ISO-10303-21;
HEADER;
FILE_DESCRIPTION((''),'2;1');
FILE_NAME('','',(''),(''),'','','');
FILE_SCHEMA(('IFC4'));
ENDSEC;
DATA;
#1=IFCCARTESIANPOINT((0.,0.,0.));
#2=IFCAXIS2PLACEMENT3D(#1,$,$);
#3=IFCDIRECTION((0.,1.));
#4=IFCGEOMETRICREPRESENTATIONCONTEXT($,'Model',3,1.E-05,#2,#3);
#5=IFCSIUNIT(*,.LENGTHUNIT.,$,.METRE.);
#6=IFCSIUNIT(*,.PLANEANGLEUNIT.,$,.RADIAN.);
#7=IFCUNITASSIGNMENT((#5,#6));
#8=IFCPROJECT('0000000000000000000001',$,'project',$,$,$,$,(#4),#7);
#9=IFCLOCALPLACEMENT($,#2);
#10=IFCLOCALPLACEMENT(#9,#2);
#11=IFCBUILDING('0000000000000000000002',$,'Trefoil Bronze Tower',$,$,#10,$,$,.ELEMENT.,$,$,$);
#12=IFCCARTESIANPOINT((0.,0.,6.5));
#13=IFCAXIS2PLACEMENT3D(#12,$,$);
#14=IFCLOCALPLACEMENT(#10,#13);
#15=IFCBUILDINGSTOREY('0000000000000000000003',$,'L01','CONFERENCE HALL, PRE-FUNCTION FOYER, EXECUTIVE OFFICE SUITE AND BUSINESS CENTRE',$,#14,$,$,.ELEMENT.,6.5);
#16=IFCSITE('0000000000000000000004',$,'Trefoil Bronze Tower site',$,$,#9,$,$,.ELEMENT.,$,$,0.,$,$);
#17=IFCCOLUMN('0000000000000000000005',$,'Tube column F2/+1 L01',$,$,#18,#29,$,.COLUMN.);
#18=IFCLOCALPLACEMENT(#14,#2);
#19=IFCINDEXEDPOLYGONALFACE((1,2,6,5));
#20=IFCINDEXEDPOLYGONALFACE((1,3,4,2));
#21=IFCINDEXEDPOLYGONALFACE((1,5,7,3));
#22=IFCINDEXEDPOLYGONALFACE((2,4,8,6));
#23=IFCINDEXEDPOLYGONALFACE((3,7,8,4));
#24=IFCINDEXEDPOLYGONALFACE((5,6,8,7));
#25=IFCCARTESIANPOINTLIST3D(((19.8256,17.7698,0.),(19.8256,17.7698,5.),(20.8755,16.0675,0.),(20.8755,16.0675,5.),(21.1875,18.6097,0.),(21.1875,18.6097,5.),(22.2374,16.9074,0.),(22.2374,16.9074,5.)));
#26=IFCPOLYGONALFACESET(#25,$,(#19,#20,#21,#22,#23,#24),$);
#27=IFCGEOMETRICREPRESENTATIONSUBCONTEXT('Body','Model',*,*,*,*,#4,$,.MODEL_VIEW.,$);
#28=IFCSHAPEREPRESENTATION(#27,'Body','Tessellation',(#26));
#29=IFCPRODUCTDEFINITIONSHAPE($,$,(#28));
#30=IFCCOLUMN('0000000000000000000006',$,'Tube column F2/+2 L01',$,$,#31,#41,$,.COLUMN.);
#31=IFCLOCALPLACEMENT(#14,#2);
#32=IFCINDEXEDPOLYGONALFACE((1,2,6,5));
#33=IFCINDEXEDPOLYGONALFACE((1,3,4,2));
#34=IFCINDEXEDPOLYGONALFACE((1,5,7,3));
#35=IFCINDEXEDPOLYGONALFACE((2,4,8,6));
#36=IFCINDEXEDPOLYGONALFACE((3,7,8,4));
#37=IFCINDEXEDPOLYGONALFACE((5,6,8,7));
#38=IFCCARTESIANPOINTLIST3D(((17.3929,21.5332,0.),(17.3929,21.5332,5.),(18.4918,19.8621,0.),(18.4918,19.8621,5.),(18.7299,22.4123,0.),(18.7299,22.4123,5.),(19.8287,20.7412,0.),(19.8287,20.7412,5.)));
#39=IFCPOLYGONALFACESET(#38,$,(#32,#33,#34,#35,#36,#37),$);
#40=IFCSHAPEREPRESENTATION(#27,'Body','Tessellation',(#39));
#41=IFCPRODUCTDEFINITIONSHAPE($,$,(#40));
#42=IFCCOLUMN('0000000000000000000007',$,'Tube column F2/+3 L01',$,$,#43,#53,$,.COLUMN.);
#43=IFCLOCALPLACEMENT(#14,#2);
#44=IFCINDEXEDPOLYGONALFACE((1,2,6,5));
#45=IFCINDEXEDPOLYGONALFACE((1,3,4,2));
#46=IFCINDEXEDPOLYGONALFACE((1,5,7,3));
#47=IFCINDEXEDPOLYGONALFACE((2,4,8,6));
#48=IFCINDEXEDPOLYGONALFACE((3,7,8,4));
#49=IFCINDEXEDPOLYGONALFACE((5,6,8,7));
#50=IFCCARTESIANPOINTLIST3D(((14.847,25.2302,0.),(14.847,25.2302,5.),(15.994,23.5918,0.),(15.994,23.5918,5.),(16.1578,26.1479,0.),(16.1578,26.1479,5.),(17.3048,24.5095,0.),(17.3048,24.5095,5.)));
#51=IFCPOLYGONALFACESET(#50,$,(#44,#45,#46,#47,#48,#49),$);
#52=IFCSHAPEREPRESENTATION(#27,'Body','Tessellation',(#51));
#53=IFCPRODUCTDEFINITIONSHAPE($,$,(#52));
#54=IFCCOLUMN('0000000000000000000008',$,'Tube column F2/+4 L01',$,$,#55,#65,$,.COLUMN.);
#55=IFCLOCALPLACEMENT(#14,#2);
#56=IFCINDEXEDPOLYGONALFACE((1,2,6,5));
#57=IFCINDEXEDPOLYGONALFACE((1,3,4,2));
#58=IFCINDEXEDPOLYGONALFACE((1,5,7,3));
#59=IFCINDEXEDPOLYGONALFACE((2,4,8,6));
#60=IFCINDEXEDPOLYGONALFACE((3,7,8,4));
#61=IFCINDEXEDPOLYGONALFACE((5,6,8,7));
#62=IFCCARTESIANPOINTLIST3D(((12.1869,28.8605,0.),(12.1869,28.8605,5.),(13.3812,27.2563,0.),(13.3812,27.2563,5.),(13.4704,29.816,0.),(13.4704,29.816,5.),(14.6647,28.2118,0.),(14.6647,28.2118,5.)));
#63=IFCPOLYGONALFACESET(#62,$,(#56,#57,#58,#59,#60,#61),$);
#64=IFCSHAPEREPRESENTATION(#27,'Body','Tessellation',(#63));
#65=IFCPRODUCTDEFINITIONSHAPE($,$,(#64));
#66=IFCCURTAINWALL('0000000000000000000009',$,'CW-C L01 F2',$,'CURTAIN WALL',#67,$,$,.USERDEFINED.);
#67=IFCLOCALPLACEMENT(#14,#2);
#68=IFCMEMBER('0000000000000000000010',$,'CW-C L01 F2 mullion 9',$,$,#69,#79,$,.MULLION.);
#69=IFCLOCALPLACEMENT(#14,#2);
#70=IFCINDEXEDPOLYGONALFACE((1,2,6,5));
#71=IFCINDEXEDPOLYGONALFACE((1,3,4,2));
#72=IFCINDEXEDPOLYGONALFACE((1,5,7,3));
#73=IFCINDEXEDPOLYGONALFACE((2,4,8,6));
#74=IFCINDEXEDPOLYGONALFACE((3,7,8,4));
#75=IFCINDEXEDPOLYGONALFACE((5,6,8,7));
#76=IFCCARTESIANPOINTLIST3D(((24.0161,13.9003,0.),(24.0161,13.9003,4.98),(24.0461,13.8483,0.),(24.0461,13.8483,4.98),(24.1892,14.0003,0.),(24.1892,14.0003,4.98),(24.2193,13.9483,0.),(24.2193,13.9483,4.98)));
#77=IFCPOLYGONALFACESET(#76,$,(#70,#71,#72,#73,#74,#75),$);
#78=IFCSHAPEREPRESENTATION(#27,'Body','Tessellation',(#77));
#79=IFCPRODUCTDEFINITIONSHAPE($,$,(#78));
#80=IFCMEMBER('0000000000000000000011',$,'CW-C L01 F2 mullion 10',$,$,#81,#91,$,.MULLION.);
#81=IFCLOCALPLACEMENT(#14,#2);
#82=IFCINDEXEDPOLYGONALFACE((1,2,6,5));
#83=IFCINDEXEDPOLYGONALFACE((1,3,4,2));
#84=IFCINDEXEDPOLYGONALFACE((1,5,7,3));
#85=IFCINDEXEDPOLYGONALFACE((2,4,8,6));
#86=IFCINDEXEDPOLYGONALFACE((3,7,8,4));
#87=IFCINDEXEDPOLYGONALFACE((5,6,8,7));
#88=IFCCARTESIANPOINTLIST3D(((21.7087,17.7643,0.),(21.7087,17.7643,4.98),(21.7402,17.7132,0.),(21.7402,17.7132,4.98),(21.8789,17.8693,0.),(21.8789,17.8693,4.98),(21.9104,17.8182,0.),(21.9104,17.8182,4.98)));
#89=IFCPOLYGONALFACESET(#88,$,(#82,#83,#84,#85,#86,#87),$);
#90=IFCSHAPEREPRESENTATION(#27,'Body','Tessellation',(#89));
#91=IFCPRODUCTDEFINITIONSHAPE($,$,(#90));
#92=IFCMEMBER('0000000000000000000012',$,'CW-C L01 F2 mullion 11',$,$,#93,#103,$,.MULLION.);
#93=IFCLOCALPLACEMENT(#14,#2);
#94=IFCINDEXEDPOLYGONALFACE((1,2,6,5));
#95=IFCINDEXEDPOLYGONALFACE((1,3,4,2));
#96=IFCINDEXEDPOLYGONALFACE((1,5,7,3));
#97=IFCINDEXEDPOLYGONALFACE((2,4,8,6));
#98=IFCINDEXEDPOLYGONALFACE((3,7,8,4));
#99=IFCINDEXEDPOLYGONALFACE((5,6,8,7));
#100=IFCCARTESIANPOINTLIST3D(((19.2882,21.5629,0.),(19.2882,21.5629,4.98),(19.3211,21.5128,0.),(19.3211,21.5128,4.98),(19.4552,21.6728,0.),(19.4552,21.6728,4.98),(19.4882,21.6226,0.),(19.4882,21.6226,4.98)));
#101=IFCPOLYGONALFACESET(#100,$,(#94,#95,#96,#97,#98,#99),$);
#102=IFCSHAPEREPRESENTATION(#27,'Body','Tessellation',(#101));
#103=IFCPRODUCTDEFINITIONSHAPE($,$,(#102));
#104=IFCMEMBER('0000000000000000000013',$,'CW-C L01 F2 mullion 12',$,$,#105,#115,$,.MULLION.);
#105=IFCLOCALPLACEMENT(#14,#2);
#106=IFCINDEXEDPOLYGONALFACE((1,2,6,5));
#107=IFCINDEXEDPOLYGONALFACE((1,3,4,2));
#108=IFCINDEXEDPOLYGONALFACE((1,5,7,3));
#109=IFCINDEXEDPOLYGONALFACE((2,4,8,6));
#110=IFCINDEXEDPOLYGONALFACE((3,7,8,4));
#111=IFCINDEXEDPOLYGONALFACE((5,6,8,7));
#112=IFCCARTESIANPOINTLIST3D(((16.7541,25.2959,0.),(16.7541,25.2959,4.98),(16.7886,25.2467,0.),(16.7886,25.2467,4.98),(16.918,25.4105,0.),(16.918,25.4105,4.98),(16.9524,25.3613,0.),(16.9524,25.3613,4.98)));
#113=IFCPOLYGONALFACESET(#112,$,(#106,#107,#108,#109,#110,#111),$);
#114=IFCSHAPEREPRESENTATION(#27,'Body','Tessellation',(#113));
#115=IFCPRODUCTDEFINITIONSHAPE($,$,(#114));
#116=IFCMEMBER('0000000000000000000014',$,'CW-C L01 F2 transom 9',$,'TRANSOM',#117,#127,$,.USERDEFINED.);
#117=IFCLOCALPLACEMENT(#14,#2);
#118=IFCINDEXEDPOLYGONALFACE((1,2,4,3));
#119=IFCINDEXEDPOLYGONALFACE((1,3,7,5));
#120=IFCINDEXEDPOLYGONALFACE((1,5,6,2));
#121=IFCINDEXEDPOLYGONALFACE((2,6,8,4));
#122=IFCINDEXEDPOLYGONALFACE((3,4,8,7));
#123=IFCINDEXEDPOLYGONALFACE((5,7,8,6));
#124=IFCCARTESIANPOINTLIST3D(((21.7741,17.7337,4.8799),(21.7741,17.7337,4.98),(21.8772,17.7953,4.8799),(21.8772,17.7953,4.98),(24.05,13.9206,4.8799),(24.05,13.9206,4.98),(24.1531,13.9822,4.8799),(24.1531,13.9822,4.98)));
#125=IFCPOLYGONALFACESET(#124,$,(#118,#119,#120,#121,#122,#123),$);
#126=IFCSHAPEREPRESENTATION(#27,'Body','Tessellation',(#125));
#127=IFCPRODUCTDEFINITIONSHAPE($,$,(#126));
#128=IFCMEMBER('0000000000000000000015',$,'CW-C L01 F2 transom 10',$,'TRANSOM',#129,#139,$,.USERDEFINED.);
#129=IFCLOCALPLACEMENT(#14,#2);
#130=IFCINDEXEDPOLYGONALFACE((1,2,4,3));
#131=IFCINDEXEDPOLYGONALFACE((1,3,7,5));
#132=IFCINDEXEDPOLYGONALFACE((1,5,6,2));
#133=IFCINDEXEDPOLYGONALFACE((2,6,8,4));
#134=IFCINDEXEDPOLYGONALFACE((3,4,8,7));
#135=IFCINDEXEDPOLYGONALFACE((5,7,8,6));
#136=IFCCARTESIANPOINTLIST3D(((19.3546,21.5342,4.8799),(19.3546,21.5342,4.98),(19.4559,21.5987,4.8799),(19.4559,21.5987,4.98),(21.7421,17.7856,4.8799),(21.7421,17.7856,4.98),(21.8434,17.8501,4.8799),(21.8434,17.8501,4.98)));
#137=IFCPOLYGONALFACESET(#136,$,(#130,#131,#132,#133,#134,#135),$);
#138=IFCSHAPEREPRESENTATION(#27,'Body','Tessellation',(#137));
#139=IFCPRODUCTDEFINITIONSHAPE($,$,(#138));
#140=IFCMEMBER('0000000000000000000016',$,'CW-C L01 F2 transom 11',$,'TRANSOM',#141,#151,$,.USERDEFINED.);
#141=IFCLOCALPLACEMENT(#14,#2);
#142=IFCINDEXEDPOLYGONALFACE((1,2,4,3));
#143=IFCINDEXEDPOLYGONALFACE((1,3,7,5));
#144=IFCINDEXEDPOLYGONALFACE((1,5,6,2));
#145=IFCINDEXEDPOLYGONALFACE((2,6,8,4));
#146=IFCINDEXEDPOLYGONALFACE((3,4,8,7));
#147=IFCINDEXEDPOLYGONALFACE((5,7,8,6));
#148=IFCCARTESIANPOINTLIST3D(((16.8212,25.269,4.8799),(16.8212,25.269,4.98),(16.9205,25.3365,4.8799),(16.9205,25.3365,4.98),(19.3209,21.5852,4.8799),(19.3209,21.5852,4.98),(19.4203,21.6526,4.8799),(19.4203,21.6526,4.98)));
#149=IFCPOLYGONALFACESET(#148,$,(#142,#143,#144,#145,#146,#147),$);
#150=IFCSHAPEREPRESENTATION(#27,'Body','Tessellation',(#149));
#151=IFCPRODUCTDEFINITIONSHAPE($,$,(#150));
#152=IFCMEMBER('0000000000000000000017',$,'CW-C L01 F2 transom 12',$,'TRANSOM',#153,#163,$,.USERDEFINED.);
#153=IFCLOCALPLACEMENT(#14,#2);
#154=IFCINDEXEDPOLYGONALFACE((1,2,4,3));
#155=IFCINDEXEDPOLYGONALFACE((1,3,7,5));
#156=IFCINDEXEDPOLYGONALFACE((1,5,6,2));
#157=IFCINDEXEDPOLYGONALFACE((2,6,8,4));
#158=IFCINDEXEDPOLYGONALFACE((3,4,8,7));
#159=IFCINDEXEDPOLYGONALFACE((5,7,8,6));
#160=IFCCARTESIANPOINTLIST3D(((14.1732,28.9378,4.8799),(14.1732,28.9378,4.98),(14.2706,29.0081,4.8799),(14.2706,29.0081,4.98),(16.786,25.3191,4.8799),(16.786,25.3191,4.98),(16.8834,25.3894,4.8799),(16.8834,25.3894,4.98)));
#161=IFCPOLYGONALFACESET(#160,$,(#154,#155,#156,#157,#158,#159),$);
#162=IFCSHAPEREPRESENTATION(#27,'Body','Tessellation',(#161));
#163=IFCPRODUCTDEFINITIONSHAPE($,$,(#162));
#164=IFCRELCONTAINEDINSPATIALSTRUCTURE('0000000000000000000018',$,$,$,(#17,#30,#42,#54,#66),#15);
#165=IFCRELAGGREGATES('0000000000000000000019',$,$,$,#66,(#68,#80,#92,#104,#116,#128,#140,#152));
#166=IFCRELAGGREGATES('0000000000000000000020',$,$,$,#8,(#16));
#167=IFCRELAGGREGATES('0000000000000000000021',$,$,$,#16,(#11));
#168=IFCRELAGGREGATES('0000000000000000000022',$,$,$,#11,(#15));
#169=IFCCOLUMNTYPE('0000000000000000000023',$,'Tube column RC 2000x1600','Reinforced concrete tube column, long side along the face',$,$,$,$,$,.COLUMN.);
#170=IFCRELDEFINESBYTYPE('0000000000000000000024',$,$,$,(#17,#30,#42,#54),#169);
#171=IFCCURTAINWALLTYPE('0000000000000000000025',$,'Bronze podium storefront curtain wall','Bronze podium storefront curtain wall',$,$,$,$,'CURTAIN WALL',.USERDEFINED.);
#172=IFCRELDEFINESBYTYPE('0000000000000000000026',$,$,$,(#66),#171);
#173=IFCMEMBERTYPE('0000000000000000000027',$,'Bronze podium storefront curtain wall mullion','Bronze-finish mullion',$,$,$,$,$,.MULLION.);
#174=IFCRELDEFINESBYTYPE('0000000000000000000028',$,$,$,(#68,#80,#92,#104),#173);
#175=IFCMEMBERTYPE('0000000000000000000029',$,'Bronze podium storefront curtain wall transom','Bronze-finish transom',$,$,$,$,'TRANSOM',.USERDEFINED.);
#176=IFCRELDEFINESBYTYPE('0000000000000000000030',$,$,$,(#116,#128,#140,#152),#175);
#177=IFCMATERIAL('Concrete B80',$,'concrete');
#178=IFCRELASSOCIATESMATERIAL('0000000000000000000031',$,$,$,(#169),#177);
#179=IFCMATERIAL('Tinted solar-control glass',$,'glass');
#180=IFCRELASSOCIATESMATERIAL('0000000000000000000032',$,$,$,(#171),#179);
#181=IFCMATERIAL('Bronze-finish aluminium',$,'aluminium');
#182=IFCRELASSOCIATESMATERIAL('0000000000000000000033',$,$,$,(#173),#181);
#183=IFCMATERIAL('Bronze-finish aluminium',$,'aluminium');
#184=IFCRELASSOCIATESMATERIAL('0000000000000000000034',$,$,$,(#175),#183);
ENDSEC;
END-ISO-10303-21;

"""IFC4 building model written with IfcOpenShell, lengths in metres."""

from ifc_helpers import new_model, si_unit, direction, frame, origin, origin_2d, place, context, subcontext, project, spatial, rectangle, extrude, material, material_profile, profile_set, type_object, element, aggregate, save


model = new_model("IFC4")

# Units and contexts
model_context = context("Model", 3, precision=1e-05, world=origin(), true_north=direction((0.0, 1.0)))
body_context = subcontext(model_context, "Body", "Model", "MODEL_VIEW")
ifc_project = project(units=[si_unit("LENGTHUNIT", "METRE"), si_unit("PLANEANGLEUNIT", "RADIAN")], contexts=[model_context])

# Site, building, storey
site_placement = place(None, origin())
site = spatial("IfcSite", under=ifc_project, at=site_placement, Name="Trefoil Bronze Tower site", CompositionType="ELEMENT", RefElevation=0.0)
building_placement = place(site_placement, origin())
building = spatial("IfcBuilding", under=site, at=building_placement, Name="Trefoil Bronze Tower", CompositionType="ELEMENT")
storey_placement = place(building_placement, frame((0.0, 0.0, 6.5)))
storey = spatial("IfcBuildingStorey", under=building, at=storey_placement, Name="L01", Description="CONFERENCE HALL, PRE-FUNCTION FOYER, EXECUTIVE OFFICE SUITE AND BUSINESS CENTRE", CompositionType="ELEMENT", Elevation=6.5)

# Columns
ifc_material_1 = material(Name="Concrete B80", Category="concrete")
ifc_material_profile_1 = material_profile(ifc_material_1, rectangle(XDim=2.0, YDim=1.6001, at=origin_2d()), Name="RC 2000x1600")
ifc_profile_set_1 = profile_set([ifc_material_profile_1], Name="Concrete B80")
column_type = type_object("IfcColumnType", Name="Tube column RC 2000x1600", Description="Reinforced concrete tube column, long side along the face", PredefinedType="COLUMN", material=ifc_profile_set_1)
for number, where, z_axis, x_axis, name in (
    (1, (21.0315, 17.3386, 0.0), (0.0, 0.0, 1.0), (-0.524923, 0.85115, 0.0), "Tube column F2/+1 L01"),
    (2, (18.6108, 21.1372, 0.0), (0.0, 0.0, 1.0), (-0.549424, 0.835544, 0.0), "Tube column F2/+2 L01"),
    (3, (16.0759, 24.8699, 0.0), (0.0, 0.0, 1.0), (-0.573502, 0.819204, 0.0), "Tube column F2/+3 L01"),
    (4, (13.4258, 28.5361, 0.0), (0.0, 0.0, 1.0), (-0.597154, 0.802127, 0.0), "Tube column F2/+4 L01"),
):
    element("IfcColumn", number, at=place(storey_placement, frame(where, z_axis=z_axis, x_axis=x_axis)), inside=storey, type_object=column_type, Name=name, PredefinedType="COLUMN", context=body_context, shape_type="SweptSolid", body=[
        extrude(rectangle(XDim=2.0, YDim=1.6001, at=origin_2d()), origin(), (0.0, 0.0, 1.0), 5.0),
    ])

# Curtain wall, members
ifc_material_2 = material(Name="Tinted solar-control glass", Category="glass")
curtain_wall_type = type_object("IfcCurtainWallType", Name="Bronze podium storefront curtain wall", Description="Bronze podium storefront curtain wall", ElementType="CURTAIN WALL", PredefinedType="USERDEFINED", material=ifc_material_2)
curtain_wall_placement = place(storey_placement, origin())
curtain_wall = element("IfcCurtainWall", 5, at=curtain_wall_placement, inside=storey, type_object=curtain_wall_type, Name="CW-C L01 F2", ObjectType="CURTAIN WALL", PredefinedType="USERDEFINED")
ifc_material_3 = material(Name="Bronze-finish aluminium", Category="aluminium")
ifc_material_profile_2 = material_profile(ifc_material_3, rectangle(XDim=0.2, YDim=0.0601, at=origin_2d()), Name="CW-C mullion")
ifc_profile_set_2 = profile_set([ifc_material_profile_2], Name="Bronze-finish aluminium")
member_type_1 = type_object("IfcMemberType", Name="Bronze podium storefront curtain wall mullion", Description="Bronze-finish mullion", PredefinedType="MULLION", material=ifc_profile_set_2)
member_1_placement = place(storey_placement, frame((24.1177, 13.9243, 0.0), z_axis=(0.0, 0.0, 1.0), x_axis=(-0.866025, -0.5, 0.0)))
member_1 = element("IfcMember", 6, at=member_1_placement, type_object=member_type_1, Name="CW-C L01 F2 mullion 9", PredefinedType="MULLION", context=body_context, shape_type="SweptSolid", body=[
    extrude(rectangle(XDim=0.2, YDim=0.0601, at=origin_2d()), origin(), (0.0, 0.0, 1.0), 4.98),
])
member_2_placement = place(storey_placement, frame((21.8096, 17.7913, 0.0), z_axis=(0.0, 0.0, 1.0), x_axis=(-0.85115, -0.524923, 0.0)))
member_2 = element("IfcMember", 7, at=member_2_placement, type_object=member_type_1, Name="CW-C L01 F2 mullion 10", PredefinedType="MULLION", context=body_context, shape_type="SweptSolid", body=[
    extrude(rectangle(XDim=0.2, YDim=0.0601, at=origin_2d()), origin(), (0.0, 0.0, 1.0), 4.98),
])
member_3_placement = place(storey_placement, frame((19.3882, 21.5928, 0.0), z_axis=(0.0, 0.0, 1.0), x_axis=(-0.835544, -0.549424, 0.0)))
member_3 = element("IfcMember", 8, at=member_3_placement, type_object=member_type_1, Name="CW-C L01 F2 mullion 11", PredefinedType="MULLION", context=body_context, shape_type="SweptSolid", body=[
    extrude(rectangle(XDim=0.2, YDim=0.0601, at=origin_2d()), origin(), (0.0, 0.0, 1.0), 4.98),
])
member_4_placement = place(storey_placement, frame((16.8533, 25.3286, 0.0), z_axis=(0.0, 0.0, 1.0), x_axis=(-0.819204, -0.573502, 0.0)))
member_4 = element("IfcMember", 9, at=member_4_placement, type_object=member_type_1, Name="CW-C L01 F2 mullion 12", PredefinedType="MULLION", context=body_context, shape_type="SweptSolid", body=[
    extrude(rectangle(XDim=0.2, YDim=0.0601, at=origin_2d()), origin(), (0.0, 0.0, 1.0), 4.98),
])
ifc_material_4 = material(Name="Bronze-finish aluminium", Category="aluminium")
ifc_material_profile_3 = material_profile(ifc_material_4, rectangle(XDim=0.1201, YDim=0.1001, at=origin_2d()), Name="CW-C transom")
ifc_profile_set_3 = profile_set([ifc_material_profile_3], Name="Bronze-finish aluminium")
member_type_2 = type_object("IfcMemberType", Name="Bronze podium storefront curtain wall transom", Description="Bronze-finish transom", ElementType="TRANSOM", PredefinedType="USERDEFINED", material=ifc_profile_set_3)
member_5_placement = place(storey_placement, frame((24.1016, 13.9514, 4.9299), z_axis=(-0.512522, 0.858674, 0.0), x_axis=(-0.858674, -0.512522, 0.0)))
member_5 = element("IfcMember", 10, at=member_5_placement, type_object=member_type_2, Name="CW-C L01 F2 transom 9", ObjectType="TRANSOM", PredefinedType="USERDEFINED", context=body_context, shape_type="SweptSolid", body=[
    extrude(rectangle(XDim=0.1201, YDim=0.1001, at=origin_2d()), origin(), (0.0, 0.0, 1.0), 4.4407),
])
member_6_placement = place(storey_placement, frame((21.7927, 17.8179, 4.9299), z_axis=(-0.537199, 0.843456, 0.0), x_axis=(-0.843456, -0.537199, 0.0)))
member_6 = element("IfcMember", 11, at=member_6_placement, type_object=member_type_2, Name="CW-C L01 F2 transom 10", ObjectType="TRANSOM", PredefinedType="USERDEFINED", context=body_context, shape_type="SweptSolid", body=[
    extrude(rectangle(XDim=0.1201, YDim=0.1001, at=origin_2d()), origin(), (0.0, 0.0, 1.0), 4.4443),
])
member_7_placement = place(storey_placement, frame((19.3706, 21.6189, 4.9299), z_axis=(-0.561503, 0.827475, 0.0), x_axis=(-0.827475, -0.561503, 0.0)))
member_7 = element("IfcMember", 12, at=member_7_placement, type_object=member_type_2, Name="CW-C L01 F2 transom 11", ObjectType="TRANSOM", PredefinedType="USERDEFINED", context=body_context, shape_type="SweptSolid", body=[
    extrude(rectangle(XDim=0.1201, YDim=0.1001, at=origin_2d()), origin(), (0.0, 0.0, 1.0), 4.4519),
])
member_8_placement = place(storey_placement, frame((16.8347, 25.3542, 4.9299), z_axis=(-0.585391, 0.810751, 0.0), x_axis=(-0.810751, -0.585391, 0.0)))
member_8 = element("IfcMember", 13, at=member_8_placement, type_object=member_type_2, Name="CW-C L01 F2 transom 12", ObjectType="TRANSOM", PredefinedType="USERDEFINED", context=body_context, shape_type="SweptSolid", body=[
    extrude(rectangle(XDim=0.1201, YDim=0.1001, at=origin_2d()), origin(), (0.0, 0.0, 1.0), 4.4634),
])

aggregate(curtain_wall, [member_1, member_2, member_3, member_4, member_5, member_6, member_7, member_8])

save(model, "model.ifc")
